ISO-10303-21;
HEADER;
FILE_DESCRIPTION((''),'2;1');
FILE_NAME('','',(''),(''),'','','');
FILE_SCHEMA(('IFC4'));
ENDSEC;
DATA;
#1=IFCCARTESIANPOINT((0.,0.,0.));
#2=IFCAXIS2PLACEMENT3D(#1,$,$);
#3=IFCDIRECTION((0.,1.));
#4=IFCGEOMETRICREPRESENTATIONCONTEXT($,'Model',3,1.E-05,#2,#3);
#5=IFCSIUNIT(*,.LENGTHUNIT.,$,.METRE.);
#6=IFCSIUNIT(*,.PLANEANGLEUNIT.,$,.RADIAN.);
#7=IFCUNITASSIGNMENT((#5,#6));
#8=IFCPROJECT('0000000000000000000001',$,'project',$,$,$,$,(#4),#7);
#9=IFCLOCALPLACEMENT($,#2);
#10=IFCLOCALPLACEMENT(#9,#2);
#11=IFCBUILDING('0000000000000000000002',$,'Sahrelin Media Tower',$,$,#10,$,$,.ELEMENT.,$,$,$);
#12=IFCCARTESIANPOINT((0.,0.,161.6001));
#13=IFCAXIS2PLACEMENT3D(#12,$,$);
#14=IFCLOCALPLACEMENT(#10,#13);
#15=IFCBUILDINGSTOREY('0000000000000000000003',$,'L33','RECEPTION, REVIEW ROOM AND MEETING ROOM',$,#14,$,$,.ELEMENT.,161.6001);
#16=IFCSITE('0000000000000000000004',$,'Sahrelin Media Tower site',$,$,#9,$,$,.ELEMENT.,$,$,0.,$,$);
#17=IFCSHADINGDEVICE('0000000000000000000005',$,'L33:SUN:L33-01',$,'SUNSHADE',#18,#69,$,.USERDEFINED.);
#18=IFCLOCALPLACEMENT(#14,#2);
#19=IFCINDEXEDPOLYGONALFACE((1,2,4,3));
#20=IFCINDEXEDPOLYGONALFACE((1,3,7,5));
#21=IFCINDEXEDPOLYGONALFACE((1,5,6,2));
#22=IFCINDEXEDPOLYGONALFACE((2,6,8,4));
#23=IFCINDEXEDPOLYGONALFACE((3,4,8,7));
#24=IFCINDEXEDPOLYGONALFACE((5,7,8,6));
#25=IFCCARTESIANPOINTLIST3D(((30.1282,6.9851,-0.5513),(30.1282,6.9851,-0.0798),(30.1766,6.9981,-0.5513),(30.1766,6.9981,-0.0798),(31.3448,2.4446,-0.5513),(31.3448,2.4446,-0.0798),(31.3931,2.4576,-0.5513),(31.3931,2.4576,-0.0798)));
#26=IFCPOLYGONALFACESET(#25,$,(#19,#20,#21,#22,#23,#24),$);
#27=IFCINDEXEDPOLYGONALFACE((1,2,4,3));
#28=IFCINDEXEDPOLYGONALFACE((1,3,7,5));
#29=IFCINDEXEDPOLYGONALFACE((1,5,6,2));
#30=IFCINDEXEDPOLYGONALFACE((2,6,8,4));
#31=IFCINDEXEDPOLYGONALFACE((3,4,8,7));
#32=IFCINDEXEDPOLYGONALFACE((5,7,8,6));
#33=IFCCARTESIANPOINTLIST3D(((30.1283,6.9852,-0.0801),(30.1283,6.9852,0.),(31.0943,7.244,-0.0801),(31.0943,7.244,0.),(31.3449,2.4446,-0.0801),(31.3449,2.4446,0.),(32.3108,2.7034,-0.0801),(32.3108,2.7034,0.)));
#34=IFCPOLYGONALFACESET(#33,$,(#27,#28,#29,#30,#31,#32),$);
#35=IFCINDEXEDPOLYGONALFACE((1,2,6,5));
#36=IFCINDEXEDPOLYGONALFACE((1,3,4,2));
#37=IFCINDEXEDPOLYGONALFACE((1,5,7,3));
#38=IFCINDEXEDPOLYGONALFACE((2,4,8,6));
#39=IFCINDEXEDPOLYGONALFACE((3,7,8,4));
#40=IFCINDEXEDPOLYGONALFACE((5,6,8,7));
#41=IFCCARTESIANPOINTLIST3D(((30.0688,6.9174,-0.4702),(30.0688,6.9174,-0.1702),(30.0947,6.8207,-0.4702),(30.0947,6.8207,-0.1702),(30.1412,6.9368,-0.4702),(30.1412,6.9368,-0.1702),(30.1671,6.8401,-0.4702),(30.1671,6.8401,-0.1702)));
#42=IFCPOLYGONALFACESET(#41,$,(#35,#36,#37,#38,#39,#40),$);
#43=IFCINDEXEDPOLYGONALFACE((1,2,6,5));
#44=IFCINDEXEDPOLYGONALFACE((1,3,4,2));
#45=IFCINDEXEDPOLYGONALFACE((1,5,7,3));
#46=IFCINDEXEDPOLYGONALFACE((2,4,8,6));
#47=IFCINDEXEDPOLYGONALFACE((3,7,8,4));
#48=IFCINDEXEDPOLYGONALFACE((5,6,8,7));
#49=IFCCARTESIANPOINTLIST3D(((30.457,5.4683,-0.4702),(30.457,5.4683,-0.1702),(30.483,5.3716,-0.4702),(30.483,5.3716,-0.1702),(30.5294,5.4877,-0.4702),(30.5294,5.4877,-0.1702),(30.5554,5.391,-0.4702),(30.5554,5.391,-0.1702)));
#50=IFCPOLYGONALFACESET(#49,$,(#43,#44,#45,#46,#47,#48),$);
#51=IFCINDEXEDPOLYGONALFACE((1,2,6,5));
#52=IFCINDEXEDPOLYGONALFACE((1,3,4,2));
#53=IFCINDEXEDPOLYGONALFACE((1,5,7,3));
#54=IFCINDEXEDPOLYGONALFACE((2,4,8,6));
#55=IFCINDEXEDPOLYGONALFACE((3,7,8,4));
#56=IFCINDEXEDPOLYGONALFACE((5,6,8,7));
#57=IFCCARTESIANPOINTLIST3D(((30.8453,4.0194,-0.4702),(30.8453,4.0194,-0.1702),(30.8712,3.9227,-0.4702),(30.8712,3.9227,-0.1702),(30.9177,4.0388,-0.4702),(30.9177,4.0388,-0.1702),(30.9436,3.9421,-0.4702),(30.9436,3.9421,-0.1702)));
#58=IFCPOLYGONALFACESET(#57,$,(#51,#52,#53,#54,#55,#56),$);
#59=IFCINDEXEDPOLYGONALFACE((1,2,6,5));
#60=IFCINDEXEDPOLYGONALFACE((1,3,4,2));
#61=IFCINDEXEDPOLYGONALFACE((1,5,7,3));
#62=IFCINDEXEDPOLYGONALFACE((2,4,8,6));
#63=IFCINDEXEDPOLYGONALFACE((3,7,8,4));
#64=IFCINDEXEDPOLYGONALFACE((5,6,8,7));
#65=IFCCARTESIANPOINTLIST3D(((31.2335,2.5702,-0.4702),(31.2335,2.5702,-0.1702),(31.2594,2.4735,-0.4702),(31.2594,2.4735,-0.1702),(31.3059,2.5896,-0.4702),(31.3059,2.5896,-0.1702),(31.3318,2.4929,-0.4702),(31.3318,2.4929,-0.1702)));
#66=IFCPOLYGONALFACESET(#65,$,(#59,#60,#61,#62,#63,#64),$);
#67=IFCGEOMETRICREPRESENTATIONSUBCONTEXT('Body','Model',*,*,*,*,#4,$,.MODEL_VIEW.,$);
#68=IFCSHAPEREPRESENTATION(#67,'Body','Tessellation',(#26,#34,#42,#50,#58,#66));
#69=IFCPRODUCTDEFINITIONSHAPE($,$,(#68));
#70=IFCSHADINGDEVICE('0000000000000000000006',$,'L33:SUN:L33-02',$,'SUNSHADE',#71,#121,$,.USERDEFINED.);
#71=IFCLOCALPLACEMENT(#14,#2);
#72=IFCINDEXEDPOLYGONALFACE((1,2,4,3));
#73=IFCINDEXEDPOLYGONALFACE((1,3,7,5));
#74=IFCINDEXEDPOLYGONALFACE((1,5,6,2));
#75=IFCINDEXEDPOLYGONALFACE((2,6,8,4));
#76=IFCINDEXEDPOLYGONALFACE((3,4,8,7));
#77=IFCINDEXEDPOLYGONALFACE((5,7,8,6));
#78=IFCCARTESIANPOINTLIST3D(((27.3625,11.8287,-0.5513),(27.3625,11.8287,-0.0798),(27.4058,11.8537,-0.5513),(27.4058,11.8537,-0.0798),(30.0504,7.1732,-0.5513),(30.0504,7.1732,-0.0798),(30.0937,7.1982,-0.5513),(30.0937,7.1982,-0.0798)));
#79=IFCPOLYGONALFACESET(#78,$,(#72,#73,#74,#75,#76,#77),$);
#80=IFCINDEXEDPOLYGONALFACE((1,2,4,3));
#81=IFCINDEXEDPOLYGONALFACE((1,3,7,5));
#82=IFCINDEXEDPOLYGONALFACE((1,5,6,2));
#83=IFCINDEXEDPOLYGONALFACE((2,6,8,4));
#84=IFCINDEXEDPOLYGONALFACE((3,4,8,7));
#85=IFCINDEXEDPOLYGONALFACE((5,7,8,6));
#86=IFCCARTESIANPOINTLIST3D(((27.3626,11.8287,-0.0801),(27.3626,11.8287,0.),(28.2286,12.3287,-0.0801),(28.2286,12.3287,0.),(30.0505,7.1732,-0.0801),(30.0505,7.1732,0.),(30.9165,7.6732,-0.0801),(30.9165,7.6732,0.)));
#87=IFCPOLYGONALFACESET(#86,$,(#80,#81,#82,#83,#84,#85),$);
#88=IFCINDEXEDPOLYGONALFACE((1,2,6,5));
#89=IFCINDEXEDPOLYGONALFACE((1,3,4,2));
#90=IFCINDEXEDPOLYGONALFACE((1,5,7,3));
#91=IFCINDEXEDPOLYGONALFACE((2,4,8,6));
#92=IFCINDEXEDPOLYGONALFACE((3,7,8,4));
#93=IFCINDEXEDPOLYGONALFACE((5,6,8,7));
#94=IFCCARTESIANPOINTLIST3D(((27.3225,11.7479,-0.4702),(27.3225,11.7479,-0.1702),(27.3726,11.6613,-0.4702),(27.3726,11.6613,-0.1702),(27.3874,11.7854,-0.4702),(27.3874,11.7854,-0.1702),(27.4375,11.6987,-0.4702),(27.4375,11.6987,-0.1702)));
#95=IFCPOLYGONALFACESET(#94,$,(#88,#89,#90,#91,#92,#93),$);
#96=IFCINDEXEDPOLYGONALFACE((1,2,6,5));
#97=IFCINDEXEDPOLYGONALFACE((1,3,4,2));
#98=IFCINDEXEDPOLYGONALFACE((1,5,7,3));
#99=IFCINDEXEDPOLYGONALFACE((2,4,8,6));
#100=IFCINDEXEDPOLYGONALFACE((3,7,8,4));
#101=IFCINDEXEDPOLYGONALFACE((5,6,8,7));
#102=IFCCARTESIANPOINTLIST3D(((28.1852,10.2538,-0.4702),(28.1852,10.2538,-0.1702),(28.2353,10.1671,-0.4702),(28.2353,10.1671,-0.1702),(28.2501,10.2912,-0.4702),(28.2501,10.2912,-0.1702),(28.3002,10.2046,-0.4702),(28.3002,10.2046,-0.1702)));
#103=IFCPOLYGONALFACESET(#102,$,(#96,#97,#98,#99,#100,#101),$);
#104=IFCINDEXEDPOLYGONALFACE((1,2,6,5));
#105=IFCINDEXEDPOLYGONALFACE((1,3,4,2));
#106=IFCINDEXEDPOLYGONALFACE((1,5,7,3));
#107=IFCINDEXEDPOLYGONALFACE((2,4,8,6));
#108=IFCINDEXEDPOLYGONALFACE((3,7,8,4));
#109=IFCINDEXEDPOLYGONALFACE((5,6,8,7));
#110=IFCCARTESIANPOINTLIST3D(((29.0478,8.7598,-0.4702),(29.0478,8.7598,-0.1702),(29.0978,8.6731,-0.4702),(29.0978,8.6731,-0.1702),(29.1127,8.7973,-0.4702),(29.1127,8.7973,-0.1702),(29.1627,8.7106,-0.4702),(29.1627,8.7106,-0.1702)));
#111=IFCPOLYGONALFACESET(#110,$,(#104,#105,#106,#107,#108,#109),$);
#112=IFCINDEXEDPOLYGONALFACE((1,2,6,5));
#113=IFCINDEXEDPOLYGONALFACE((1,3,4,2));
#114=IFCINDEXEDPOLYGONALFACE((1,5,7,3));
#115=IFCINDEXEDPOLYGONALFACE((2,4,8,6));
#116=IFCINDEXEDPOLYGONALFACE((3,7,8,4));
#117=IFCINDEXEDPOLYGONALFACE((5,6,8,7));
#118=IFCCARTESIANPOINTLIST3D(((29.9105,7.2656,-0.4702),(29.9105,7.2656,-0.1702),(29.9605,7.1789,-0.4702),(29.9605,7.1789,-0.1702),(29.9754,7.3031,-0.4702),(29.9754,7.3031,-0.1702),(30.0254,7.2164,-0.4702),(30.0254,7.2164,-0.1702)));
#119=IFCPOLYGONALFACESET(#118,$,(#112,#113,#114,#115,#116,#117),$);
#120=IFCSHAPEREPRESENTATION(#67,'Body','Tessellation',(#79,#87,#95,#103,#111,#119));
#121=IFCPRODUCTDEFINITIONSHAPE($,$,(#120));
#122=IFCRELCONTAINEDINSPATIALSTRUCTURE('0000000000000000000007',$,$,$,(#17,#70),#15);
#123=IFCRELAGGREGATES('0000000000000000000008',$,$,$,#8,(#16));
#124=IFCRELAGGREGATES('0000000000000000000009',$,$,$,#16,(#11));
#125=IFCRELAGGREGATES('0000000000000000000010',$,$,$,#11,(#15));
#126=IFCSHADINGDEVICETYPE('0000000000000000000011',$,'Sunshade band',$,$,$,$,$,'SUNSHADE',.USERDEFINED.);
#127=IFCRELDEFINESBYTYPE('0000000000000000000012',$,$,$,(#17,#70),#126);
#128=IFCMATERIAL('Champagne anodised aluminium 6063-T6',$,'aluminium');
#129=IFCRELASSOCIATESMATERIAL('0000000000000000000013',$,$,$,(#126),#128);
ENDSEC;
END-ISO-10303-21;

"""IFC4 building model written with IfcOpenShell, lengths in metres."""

from ifc_helpers import new_model, si_unit, direction, frame, origin, origin_2d, place, context, subcontext, project, spatial, rectangle, extrude, material, type_object, element, save


model = new_model("IFC4")

# Units and contexts
model_context = context("Model", 3, precision=1e-05, world=origin(), true_north=direction((0.0, 1.0)))
body_context = subcontext(model_context, "Body", "Model", "MODEL_VIEW")
ifc_project = project(units=[si_unit("LENGTHUNIT", "METRE"), si_unit("PLANEANGLEUNIT", "RADIAN")], contexts=[model_context])

# Site, building, storey
site_placement = place(None, origin())
site = spatial("IfcSite", under=ifc_project, at=site_placement, Name="Sahrelin Media Tower site", CompositionType="ELEMENT", RefElevation=0.0)
building_placement = place(site_placement, origin())
building = spatial("IfcBuilding", under=site, at=building_placement, Name="Sahrelin Media Tower", CompositionType="ELEMENT")
storey_placement = place(building_placement, frame((0.0, 0.0, 161.6001)))
storey = spatial("IfcBuildingStorey", under=building, at=storey_placement, Name="L33", Description="RECEPTION, REVIEW ROOM AND MEETING ROOM", CompositionType="ELEMENT", Elevation=161.6001)

# Shared definitions
ifc_material_1 = material(Name="Champagne anodised aluminium 6063-T6", Category="aluminium")

# Shading devices
placement_1 = place(storey_placement, frame((30.7173, 4.7097, 0.0), z_axis=(0.0, 0.0, 1.0), x_axis=(0.258808, -0.965929, 0.0)))
placement_2 = place(storey_placement, frame((28.6892, 9.491, 0.0), z_axis=(0.0, 0.0, 1.0), x_axis=(0.500011, -0.866019, 0.0)))
shading_device_type_1 = type_object("IfcShadingDeviceType", Name="Sunshade band", ElementType="SUNSHADE", PredefinedType="USERDEFINED", material=ifc_material_1)
element("IfcShadingDevice", 1, at=placement_1, inside=storey, type_object=shading_device_type_1, Name="L33:SUN:L33-01", ObjectType="SUNSHADE", PredefinedType="USERDEFINED", context=body_context, shape_type="SweptSolid", body=[
    extrude(rectangle(XDim=4.7007, YDim=0.05, at=origin_2d()), frame((0.0, 0.0449, -0.5513)), (0.0, 0.0, 1.0), 0.4714),
    extrude(rectangle(XDim=4.7007, YDim=1.0, at=origin_2d()), frame((0.0, 0.52, -0.0801)), (0.0, 0.0, 1.0), 0.0801),
    extrude(rectangle(XDim=0.1001, YDim=0.075, at=origin_2d()), frame((-2.2502, -0.0176, -0.4702)), (0.0, 0.0, 1.0), 0.3),
    extrude(rectangle(XDim=0.1001, YDim=0.075, at=origin_2d()), frame((-0.75, -0.0176, -0.4702)), (0.0, 0.0, 1.0), 0.3),
    extrude(rectangle(XDim=0.1001, YDim=0.075, at=origin_2d()), frame((0.75, -0.0176, -0.4702)), (0.0, 0.0, 1.0), 0.3),
    extrude(rectangle(XDim=0.1001, YDim=0.075, at=origin_2d()), frame((2.2502, -0.0176, -0.4702)), (0.0, 0.0, 1.0), 0.3),
])
element("IfcShadingDevice", 2, at=placement_2, inside=storey, type_object=shading_device_type_1, Name="L33:SUN:L33-02", ObjectType="SUNSHADE", PredefinedType="USERDEFINED", context=body_context, shape_type="SweptSolid", body=[
    extrude(rectangle(XDim=5.3757, YDim=0.05, at=origin_2d()), frame((0.0, 0.0449, -0.5513)), (0.0, 0.0, 1.0), 0.4714),
    extrude(rectangle(XDim=5.3757, YDim=1.0, at=origin_2d()), frame((0.0, 0.52, -0.0801)), (0.0, 0.0, 1.0), 0.0801),
    extrude(rectangle(XDim=0.1001, YDim=0.075, at=origin_2d()), frame((-2.5879, -0.0176, -0.4702)), (0.0, 0.0, 1.0), 0.3),
    extrude(rectangle(XDim=0.1001, YDim=0.075, at=origin_2d()), frame((-0.8625, -0.0176, -0.4702)), (0.0, 0.0, 1.0), 0.3),
    extrude(rectangle(XDim=0.1001, YDim=0.075, at=origin_2d()), frame((0.8625, -0.0176, -0.4702)), (0.0, 0.0, 1.0), 0.3),
    extrude(rectangle(XDim=0.1001, YDim=0.075, at=origin_2d()), frame((2.5879, -0.0176, -0.4702)), (0.0, 0.0, 1.0), 0.3),
])

save(model, "model.ifc")
